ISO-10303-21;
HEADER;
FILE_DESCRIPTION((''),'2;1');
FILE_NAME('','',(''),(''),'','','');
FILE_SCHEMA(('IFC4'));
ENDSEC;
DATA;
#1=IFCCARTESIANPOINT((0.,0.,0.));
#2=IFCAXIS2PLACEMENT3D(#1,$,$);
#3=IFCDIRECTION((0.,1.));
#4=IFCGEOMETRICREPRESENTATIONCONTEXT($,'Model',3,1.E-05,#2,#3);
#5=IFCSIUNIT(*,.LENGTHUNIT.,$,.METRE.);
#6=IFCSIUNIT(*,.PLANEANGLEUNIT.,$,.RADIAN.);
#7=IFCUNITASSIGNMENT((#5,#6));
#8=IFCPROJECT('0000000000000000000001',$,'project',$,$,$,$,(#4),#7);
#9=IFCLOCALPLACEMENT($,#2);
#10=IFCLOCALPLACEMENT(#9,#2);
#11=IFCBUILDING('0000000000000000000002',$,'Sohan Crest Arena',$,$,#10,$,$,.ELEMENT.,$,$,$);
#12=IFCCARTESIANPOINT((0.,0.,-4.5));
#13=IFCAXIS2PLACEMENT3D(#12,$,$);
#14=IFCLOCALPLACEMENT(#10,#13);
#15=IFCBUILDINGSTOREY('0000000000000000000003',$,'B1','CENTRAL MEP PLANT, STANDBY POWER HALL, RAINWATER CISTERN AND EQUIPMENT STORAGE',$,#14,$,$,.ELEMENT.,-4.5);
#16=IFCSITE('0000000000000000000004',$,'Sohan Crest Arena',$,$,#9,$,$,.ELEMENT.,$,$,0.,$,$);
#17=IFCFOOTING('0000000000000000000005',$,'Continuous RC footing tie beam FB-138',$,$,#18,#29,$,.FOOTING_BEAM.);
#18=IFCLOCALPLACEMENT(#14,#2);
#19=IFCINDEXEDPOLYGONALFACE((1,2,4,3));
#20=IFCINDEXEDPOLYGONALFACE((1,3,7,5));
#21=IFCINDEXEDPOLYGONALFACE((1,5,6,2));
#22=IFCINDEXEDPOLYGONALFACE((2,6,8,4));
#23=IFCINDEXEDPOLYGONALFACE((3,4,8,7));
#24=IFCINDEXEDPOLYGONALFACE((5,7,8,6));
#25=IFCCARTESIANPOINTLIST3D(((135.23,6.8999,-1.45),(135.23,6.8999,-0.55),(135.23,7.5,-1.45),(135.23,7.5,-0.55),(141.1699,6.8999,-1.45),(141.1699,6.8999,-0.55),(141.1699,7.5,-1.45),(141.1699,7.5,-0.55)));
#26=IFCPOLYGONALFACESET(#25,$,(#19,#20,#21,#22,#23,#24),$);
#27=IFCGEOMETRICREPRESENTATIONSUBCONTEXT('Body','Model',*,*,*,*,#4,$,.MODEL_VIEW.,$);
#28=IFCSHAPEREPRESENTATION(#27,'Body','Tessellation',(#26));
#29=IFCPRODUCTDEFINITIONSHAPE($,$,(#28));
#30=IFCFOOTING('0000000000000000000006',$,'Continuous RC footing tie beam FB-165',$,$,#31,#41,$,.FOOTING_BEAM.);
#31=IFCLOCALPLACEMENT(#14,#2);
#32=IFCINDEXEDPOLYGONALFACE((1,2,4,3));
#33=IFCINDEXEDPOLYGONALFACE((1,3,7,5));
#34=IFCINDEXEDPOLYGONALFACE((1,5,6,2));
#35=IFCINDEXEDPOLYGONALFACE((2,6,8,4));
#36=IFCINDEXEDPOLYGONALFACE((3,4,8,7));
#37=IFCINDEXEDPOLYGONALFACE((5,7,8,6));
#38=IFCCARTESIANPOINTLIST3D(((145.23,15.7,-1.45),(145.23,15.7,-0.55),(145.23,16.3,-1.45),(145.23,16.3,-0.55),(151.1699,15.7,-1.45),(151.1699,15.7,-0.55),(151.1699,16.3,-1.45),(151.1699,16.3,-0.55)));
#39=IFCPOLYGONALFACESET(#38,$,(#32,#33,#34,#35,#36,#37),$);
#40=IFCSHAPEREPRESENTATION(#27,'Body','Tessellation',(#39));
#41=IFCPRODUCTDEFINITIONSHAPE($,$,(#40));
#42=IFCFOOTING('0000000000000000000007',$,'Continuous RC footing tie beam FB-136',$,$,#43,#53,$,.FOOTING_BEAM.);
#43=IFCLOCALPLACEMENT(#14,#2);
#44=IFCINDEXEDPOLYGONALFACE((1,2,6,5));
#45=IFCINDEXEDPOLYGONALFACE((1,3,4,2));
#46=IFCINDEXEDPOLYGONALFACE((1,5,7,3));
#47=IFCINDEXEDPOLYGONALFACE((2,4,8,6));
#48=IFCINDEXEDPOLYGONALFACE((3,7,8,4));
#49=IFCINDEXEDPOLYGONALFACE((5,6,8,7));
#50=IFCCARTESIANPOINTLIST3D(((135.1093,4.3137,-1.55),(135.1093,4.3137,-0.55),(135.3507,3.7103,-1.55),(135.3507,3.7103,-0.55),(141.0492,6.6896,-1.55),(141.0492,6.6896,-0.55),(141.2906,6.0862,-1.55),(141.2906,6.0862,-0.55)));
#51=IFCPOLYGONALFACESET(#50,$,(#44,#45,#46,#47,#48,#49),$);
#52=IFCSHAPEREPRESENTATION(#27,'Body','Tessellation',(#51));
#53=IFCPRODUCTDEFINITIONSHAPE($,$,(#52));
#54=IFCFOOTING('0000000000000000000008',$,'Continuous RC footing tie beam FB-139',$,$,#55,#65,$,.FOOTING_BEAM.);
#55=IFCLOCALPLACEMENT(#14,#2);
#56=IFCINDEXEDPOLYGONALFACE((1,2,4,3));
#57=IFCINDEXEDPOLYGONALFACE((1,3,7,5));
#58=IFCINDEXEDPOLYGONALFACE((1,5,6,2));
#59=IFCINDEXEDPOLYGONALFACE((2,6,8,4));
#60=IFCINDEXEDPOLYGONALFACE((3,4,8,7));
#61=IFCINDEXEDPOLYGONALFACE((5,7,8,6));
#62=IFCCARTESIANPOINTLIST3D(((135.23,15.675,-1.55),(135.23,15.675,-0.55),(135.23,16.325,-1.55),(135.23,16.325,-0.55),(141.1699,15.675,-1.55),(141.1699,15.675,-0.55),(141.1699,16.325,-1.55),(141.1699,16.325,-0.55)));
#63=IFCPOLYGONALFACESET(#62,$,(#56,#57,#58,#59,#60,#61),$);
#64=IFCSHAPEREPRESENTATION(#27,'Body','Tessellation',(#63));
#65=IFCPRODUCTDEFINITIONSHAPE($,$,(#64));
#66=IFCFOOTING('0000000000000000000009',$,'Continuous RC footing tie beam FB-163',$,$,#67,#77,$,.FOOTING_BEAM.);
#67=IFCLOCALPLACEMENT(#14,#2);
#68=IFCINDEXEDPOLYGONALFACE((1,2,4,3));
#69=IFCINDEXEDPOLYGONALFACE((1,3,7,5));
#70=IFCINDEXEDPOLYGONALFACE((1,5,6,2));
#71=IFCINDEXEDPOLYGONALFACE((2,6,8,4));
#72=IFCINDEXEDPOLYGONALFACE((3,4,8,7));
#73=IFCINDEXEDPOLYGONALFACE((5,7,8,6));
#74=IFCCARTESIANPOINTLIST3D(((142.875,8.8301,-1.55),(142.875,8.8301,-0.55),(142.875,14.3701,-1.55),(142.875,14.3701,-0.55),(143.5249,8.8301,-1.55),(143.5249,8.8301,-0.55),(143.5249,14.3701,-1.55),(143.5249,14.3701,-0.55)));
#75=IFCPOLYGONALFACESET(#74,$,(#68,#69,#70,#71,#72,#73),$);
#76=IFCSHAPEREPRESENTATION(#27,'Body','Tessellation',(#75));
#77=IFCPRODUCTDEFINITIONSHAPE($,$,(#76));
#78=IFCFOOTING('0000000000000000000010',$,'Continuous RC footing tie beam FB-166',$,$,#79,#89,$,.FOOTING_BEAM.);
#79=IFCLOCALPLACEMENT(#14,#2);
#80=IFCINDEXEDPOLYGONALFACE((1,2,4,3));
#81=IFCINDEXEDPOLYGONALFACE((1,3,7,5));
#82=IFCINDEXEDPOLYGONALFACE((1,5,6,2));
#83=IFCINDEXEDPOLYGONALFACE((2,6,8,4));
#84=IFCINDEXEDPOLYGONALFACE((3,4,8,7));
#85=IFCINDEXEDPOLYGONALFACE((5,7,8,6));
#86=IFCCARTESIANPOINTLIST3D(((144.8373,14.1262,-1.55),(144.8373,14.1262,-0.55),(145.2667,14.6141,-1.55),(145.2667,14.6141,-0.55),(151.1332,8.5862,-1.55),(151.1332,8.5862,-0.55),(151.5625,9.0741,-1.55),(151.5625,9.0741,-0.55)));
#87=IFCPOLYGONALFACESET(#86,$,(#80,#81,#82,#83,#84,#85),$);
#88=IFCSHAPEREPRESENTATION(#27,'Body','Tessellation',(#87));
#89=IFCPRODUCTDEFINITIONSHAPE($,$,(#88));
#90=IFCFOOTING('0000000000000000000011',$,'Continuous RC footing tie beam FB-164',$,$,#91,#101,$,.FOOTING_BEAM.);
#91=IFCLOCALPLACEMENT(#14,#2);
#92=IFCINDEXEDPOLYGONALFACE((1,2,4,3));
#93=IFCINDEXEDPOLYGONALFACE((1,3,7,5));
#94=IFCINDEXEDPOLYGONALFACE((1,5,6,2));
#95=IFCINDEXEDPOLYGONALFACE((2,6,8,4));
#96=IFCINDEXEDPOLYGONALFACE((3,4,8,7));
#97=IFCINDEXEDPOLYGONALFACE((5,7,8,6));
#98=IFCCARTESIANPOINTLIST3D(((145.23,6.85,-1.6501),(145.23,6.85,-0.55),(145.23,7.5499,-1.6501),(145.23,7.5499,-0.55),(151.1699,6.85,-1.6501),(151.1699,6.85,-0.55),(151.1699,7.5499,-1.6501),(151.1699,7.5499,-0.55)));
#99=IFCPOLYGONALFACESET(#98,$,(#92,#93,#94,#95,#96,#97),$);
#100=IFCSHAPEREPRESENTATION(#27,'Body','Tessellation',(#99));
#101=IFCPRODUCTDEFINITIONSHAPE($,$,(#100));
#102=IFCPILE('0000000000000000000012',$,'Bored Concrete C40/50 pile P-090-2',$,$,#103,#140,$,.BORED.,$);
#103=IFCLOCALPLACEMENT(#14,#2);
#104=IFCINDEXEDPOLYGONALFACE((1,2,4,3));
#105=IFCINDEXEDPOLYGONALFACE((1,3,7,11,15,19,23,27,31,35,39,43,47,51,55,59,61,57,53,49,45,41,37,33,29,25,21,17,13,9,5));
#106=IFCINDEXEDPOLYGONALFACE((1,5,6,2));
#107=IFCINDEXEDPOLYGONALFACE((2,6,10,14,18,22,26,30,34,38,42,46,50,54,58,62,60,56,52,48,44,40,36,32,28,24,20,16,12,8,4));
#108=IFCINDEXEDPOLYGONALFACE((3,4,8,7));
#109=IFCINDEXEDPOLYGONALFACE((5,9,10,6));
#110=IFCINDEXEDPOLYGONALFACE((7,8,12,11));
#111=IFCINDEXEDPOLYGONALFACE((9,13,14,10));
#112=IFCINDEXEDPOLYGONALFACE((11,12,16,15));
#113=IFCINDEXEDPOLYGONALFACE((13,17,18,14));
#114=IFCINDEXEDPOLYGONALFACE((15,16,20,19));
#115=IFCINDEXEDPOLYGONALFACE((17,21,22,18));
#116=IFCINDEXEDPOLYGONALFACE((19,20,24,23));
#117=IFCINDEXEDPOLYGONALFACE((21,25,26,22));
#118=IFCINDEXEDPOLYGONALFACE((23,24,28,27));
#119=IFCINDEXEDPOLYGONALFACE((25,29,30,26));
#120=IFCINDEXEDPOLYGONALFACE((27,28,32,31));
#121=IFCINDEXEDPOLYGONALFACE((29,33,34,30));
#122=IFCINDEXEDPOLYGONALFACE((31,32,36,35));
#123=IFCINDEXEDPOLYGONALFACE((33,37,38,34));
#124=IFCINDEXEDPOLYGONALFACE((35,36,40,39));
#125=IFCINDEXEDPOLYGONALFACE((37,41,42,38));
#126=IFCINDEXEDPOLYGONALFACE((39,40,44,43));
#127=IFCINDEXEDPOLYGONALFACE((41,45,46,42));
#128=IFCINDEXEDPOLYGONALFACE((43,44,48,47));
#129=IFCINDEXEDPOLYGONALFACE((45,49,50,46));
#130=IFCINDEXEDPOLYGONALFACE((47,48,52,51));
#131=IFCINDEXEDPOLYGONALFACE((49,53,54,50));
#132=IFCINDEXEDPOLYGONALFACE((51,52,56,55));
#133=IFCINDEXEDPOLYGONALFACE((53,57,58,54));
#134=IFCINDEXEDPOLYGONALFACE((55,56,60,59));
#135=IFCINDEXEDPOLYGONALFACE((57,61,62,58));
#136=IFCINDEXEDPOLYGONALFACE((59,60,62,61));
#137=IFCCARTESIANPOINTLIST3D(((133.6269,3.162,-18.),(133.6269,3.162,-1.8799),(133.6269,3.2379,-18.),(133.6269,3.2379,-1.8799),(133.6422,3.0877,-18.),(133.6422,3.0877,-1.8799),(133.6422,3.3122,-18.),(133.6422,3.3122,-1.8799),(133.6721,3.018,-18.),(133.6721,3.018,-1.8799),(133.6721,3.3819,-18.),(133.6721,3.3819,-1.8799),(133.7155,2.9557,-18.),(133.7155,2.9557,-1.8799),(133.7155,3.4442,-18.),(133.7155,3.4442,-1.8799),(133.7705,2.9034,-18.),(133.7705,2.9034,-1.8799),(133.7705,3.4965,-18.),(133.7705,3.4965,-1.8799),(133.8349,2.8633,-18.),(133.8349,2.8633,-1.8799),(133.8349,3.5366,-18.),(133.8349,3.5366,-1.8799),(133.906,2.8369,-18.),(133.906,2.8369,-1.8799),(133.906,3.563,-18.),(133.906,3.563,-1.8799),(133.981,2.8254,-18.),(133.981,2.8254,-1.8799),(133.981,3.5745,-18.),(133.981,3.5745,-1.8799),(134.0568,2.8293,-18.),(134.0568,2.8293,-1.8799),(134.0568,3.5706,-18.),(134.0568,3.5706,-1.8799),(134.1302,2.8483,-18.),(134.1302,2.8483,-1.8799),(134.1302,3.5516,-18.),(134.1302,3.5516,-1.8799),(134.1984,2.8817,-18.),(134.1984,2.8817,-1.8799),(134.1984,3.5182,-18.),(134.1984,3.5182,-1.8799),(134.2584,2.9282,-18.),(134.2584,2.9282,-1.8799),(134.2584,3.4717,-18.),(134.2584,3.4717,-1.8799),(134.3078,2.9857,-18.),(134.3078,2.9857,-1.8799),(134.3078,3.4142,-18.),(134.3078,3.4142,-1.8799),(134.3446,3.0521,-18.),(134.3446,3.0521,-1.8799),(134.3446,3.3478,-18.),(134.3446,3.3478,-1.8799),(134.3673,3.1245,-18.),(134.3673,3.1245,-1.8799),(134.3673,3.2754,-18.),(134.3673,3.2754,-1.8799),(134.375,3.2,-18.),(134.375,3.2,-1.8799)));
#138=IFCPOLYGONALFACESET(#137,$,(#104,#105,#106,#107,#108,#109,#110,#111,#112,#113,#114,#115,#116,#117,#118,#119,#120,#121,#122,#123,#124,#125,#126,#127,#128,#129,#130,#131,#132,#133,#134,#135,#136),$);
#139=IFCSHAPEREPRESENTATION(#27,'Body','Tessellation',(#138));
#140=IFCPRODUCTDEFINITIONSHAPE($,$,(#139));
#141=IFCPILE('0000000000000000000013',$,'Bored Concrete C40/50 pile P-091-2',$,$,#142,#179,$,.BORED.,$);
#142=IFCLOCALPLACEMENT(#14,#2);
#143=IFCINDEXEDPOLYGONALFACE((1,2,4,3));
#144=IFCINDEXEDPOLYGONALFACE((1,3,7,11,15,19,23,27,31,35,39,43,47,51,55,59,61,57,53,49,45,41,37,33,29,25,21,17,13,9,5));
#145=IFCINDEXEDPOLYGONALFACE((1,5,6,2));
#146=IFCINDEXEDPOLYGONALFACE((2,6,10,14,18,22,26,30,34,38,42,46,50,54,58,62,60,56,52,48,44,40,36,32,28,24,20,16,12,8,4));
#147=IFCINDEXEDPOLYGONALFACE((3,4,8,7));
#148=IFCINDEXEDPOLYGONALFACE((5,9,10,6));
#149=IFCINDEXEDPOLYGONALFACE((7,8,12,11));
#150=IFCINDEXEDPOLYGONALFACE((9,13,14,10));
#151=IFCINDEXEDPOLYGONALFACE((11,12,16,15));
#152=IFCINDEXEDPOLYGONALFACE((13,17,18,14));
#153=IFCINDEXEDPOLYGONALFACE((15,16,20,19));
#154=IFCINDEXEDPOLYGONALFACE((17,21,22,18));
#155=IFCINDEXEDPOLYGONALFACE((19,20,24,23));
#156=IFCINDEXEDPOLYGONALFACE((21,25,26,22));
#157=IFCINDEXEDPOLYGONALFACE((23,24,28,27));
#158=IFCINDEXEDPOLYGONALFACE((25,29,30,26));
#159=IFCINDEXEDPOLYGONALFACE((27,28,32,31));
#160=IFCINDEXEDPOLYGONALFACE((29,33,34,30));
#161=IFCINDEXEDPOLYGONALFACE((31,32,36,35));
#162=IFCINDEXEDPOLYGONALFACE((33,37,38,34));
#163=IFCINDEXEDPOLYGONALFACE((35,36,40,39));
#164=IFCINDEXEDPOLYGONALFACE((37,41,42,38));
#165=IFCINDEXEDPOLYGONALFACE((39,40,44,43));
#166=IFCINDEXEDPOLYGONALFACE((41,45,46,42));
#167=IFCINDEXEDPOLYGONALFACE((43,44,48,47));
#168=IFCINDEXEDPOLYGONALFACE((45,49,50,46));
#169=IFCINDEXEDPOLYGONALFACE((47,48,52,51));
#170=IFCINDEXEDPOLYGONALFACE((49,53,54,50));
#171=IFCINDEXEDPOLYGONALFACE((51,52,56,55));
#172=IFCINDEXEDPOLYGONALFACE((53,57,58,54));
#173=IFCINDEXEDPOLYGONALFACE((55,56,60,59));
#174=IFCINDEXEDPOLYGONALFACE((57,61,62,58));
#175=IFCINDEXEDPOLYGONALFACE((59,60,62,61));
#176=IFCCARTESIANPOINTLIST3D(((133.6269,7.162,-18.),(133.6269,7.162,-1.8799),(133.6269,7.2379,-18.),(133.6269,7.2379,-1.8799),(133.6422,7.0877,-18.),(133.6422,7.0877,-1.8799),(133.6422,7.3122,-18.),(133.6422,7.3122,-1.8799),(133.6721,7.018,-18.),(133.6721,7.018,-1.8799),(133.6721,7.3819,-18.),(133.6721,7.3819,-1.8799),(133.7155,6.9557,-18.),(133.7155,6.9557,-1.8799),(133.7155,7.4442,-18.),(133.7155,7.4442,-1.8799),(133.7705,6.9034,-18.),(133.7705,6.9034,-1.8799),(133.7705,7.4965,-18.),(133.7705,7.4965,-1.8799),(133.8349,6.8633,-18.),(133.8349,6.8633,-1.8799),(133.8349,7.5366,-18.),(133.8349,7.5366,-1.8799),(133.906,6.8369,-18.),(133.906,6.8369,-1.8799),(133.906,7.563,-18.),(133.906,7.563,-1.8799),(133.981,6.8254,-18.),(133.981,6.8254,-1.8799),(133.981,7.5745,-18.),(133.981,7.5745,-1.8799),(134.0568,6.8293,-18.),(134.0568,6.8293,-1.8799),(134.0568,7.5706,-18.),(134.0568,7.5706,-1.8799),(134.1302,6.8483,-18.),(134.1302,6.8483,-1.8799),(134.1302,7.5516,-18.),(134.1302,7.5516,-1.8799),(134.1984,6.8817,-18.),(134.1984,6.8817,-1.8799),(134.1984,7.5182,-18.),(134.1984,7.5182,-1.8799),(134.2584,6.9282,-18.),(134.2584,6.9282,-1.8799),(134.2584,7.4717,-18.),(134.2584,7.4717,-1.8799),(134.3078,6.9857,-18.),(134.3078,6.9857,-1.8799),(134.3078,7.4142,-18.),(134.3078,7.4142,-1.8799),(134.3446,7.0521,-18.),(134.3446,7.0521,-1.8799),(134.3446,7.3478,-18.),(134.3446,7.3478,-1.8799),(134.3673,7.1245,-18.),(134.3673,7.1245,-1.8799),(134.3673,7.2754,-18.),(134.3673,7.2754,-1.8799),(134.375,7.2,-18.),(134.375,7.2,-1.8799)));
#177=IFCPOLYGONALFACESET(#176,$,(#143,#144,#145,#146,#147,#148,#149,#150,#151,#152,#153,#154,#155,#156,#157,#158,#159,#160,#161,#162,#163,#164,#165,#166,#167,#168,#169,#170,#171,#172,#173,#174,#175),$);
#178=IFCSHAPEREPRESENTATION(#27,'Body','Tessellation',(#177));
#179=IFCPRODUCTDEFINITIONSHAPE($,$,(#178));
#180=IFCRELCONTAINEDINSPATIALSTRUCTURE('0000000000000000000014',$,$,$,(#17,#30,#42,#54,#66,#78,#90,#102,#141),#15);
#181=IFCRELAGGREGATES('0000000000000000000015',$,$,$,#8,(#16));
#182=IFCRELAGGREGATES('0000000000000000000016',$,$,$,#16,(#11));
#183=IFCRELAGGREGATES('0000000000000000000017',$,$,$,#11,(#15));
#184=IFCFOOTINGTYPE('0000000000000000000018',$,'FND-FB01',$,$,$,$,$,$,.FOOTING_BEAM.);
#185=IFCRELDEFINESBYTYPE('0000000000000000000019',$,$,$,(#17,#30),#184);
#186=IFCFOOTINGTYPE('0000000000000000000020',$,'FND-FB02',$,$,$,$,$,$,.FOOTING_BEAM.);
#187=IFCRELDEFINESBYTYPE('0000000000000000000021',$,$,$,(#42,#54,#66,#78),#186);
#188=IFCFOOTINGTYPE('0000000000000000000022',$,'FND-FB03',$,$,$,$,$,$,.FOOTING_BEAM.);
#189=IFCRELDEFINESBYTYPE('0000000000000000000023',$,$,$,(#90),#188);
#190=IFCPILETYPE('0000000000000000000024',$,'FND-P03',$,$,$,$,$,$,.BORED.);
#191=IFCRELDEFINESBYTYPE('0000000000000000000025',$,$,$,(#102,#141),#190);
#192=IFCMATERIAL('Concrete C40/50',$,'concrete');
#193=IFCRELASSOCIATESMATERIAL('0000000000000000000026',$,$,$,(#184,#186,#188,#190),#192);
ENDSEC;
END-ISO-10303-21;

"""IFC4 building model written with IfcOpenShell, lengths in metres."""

from ifc_helpers import new_model, si_unit, direction, frame, origin, origin_2d, place, context, subcontext, project, spatial, rectangle, circle, extrude, material, material_profile, profile_set, type_object, element, save


model = new_model("IFC4")

# Units and contexts
model_context = context("Model", 3, precision=1e-05, world=origin(), true_north=direction((0.0, 1.0)))
body_context = subcontext(model_context, "Body", "Model", "MODEL_VIEW")
ifc_project = project(units=[si_unit("LENGTHUNIT", "METRE"), si_unit("PLANEANGLEUNIT", "RADIAN")], contexts=[model_context])

# Site, building, storey
site_placement = place(None, origin())
site = spatial("IfcSite", under=ifc_project, at=site_placement, Name="Sohan Crest Arena", CompositionType="ELEMENT", RefElevation=0.0)
building_placement = place(site_placement, origin())
building = spatial("IfcBuilding", under=site, at=building_placement, Name="Sohan Crest Arena", CompositionType="ELEMENT")
storey_placement = place(building_placement, frame((0.0, 0.0, -4.5)))
storey = spatial("IfcBuildingStorey", under=building, at=storey_placement, Name="B1", Description="CENTRAL MEP PLANT, STANDBY POWER HALL, RAINWATER CISTERN AND EQUIPMENT STORAGE", CompositionType="ELEMENT", Elevation=-4.5)

# Footings
ifc_material_1 = material(Name="Concrete C40/50", Category="concrete")
ifc_material_profile_1 = material_profile(ifc_material_1, rectangle(XDim=0.6001, YDim=0.8999, at=origin_2d()), Name="RC-FB 600x900")
ifc_profile_set_1 = profile_set([ifc_material_profile_1], Name="Concrete C40/50")
footing_type_1 = type_object("IfcFootingType", Name="FND-FB01", PredefinedType="FOOTING_BEAM", material=ifc_profile_set_1)
for number, where, z_axis, x_axis, name in (
    (1, (135.23, 7.2, -1.0), (1.0, 0.0, 0.0), (0.0, 1.0, 0.0), "Continuous RC footing tie beam FB-138"),
    (2, (145.23, 16.0, -1.0), (1.0, 0.0, 0.0), (0.0, 1.0, 0.0), "Continuous RC footing tie beam FB-165"),
):
    element("IfcFooting", number, at=place(storey_placement, frame(where, z_axis=z_axis, x_axis=x_axis)), inside=storey, type_object=footing_type_1, Name=name, PredefinedType="FOOTING_BEAM", context=body_context, shape_type="SweptSolid", body=[
        extrude(rectangle(XDim=0.6001, YDim=0.8999, at=origin_2d()), origin(), (0.0, 0.0, 1.0), 5.9399),
    ])
ifc_material_profile_2 = material_profile(ifc_material_1, rectangle(XDim=0.6499, YDim=1.0, at=origin_2d()), Name="RC-FB 650x1000")
ifc_profile_set_2 = profile_set([ifc_material_profile_2], Name="Concrete C40/50")
footing_type_2 = type_object("IfcFootingType", Name="FND-FB02", PredefinedType="FOOTING_BEAM", material=ifc_profile_set_2)
footing_1_placement = place(storey_placement, frame((135.23, 4.012, -1.05), z_axis=(0.928477, 0.371391, 0.0), x_axis=(-0.371391, 0.928477, 0.0)))
element("IfcFooting", 3, at=footing_1_placement, inside=storey, type_object=footing_type_2, Name="Continuous RC footing tie beam FB-136", PredefinedType="FOOTING_BEAM", context=body_context, shape_type="SweptSolid", body=[
    extrude(rectangle(XDim=0.6499, YDim=1.0, at=origin_2d()), origin(), (0.0, 0.0, 1.0), 6.3975),
])
footing_2_placement = place(storey_placement, frame((135.23, 16.0, -1.05), z_axis=(1.0, 0.0, 0.0), x_axis=(0.0, 1.0, 0.0)))
element("IfcFooting", 4, at=footing_2_placement, inside=storey, type_object=footing_type_2, Name="Continuous RC footing tie beam FB-139", PredefinedType="FOOTING_BEAM", context=body_context, shape_type="SweptSolid", body=[
    extrude(rectangle(XDim=0.6499, YDim=1.0, at=origin_2d()), origin(), (0.0, 0.0, 1.0), 5.9399),
])
footing_3_placement = place(storey_placement, frame((143.2, 8.8301, -1.05), z_axis=(0.0, 1.0, 0.0), x_axis=(-1.0, 0.0, 0.0)))
element("IfcFooting", 5, at=footing_3_placement, inside=storey, type_object=footing_type_2, Name="Continuous RC footing tie beam FB-163", PredefinedType="FOOTING_BEAM", context=body_context, shape_type="SweptSolid", body=[
    extrude(rectangle(XDim=0.6499, YDim=1.0, at=origin_2d()), origin(), (0.0, 0.0, 1.0), 5.54),
])
footing_4_placement = place(storey_placement, frame((145.052, 14.3701, -1.05), z_axis=(0.750734, -0.660604, 0.0), x_axis=(0.660604, 0.750734, 0.0)))
element("IfcFooting", 6, at=footing_4_placement, inside=storey, type_object=footing_type_2, Name="Continuous RC footing tie beam FB-166", PredefinedType="FOOTING_BEAM", context=body_context, shape_type="SweptSolid", body=[
    extrude(rectangle(XDim=0.6499, YDim=1.0, at=origin_2d()), origin(), (0.0, 0.0, 1.0), 8.3862),
])
ifc_material_profile_3 = material_profile(ifc_material_1, rectangle(XDim=0.7, YDim=1.1001, at=origin_2d()), Name="RC-FB 700x1100")
ifc_profile_set_3 = profile_set([ifc_material_profile_3], Name="Concrete C40/50")
footing_type_3 = type_object("IfcFootingType", Name="FND-FB03", PredefinedType="FOOTING_BEAM", material=ifc_profile_set_3)
footing_5_placement = place(storey_placement, frame((145.23, 7.2, -1.1001), z_axis=(1.0, 0.0, 0.0), x_axis=(0.0, 1.0, 0.0)))
element("IfcFooting", 7, at=footing_5_placement, inside=storey, type_object=footing_type_3, Name="Continuous RC footing tie beam FB-164", PredefinedType="FOOTING_BEAM", context=body_context, shape_type="SweptSolid", body=[
    extrude(rectangle(XDim=0.7, YDim=1.1001, at=origin_2d()), origin(), (0.0, 0.0, 1.0), 5.9399),
])

# Piles
ifc_material_profile_4 = material_profile(ifc_material_1, circle(Radius=0.375, at=origin_2d()), Name="PILE D750")
ifc_profile_set_4 = profile_set([ifc_material_profile_4], Name="Concrete C40/50")
pile_type = type_object("IfcPileType", Name="FND-P03", PredefinedType="BORED", material=ifc_profile_set_4)
for number, where, z_axis, x_axis, name in (
    (8, (134.0, 3.2, -18.0), (0.0, 0.0, 1.0), (1.0, 0.0, 0.0), "Bored Concrete C40/50 pile P-090-2"),
    (9, (134.0, 7.2, -18.0), (0.0, 0.0, 1.0), (1.0, 0.0, 0.0), "Bored Concrete C40/50 pile P-091-2"),
):
    element("IfcPile", number, at=place(storey_placement, frame(where, z_axis=z_axis, x_axis=x_axis)), inside=storey, type_object=pile_type, Name=name, PredefinedType="BORED", context=body_context, shape_type="SweptSolid", body=[
        extrude(circle(Radius=0.375, at=origin_2d()), origin(), (0.0, 0.0, 1.0), 16.1201),
    ])

save(model, "model.ifc")
